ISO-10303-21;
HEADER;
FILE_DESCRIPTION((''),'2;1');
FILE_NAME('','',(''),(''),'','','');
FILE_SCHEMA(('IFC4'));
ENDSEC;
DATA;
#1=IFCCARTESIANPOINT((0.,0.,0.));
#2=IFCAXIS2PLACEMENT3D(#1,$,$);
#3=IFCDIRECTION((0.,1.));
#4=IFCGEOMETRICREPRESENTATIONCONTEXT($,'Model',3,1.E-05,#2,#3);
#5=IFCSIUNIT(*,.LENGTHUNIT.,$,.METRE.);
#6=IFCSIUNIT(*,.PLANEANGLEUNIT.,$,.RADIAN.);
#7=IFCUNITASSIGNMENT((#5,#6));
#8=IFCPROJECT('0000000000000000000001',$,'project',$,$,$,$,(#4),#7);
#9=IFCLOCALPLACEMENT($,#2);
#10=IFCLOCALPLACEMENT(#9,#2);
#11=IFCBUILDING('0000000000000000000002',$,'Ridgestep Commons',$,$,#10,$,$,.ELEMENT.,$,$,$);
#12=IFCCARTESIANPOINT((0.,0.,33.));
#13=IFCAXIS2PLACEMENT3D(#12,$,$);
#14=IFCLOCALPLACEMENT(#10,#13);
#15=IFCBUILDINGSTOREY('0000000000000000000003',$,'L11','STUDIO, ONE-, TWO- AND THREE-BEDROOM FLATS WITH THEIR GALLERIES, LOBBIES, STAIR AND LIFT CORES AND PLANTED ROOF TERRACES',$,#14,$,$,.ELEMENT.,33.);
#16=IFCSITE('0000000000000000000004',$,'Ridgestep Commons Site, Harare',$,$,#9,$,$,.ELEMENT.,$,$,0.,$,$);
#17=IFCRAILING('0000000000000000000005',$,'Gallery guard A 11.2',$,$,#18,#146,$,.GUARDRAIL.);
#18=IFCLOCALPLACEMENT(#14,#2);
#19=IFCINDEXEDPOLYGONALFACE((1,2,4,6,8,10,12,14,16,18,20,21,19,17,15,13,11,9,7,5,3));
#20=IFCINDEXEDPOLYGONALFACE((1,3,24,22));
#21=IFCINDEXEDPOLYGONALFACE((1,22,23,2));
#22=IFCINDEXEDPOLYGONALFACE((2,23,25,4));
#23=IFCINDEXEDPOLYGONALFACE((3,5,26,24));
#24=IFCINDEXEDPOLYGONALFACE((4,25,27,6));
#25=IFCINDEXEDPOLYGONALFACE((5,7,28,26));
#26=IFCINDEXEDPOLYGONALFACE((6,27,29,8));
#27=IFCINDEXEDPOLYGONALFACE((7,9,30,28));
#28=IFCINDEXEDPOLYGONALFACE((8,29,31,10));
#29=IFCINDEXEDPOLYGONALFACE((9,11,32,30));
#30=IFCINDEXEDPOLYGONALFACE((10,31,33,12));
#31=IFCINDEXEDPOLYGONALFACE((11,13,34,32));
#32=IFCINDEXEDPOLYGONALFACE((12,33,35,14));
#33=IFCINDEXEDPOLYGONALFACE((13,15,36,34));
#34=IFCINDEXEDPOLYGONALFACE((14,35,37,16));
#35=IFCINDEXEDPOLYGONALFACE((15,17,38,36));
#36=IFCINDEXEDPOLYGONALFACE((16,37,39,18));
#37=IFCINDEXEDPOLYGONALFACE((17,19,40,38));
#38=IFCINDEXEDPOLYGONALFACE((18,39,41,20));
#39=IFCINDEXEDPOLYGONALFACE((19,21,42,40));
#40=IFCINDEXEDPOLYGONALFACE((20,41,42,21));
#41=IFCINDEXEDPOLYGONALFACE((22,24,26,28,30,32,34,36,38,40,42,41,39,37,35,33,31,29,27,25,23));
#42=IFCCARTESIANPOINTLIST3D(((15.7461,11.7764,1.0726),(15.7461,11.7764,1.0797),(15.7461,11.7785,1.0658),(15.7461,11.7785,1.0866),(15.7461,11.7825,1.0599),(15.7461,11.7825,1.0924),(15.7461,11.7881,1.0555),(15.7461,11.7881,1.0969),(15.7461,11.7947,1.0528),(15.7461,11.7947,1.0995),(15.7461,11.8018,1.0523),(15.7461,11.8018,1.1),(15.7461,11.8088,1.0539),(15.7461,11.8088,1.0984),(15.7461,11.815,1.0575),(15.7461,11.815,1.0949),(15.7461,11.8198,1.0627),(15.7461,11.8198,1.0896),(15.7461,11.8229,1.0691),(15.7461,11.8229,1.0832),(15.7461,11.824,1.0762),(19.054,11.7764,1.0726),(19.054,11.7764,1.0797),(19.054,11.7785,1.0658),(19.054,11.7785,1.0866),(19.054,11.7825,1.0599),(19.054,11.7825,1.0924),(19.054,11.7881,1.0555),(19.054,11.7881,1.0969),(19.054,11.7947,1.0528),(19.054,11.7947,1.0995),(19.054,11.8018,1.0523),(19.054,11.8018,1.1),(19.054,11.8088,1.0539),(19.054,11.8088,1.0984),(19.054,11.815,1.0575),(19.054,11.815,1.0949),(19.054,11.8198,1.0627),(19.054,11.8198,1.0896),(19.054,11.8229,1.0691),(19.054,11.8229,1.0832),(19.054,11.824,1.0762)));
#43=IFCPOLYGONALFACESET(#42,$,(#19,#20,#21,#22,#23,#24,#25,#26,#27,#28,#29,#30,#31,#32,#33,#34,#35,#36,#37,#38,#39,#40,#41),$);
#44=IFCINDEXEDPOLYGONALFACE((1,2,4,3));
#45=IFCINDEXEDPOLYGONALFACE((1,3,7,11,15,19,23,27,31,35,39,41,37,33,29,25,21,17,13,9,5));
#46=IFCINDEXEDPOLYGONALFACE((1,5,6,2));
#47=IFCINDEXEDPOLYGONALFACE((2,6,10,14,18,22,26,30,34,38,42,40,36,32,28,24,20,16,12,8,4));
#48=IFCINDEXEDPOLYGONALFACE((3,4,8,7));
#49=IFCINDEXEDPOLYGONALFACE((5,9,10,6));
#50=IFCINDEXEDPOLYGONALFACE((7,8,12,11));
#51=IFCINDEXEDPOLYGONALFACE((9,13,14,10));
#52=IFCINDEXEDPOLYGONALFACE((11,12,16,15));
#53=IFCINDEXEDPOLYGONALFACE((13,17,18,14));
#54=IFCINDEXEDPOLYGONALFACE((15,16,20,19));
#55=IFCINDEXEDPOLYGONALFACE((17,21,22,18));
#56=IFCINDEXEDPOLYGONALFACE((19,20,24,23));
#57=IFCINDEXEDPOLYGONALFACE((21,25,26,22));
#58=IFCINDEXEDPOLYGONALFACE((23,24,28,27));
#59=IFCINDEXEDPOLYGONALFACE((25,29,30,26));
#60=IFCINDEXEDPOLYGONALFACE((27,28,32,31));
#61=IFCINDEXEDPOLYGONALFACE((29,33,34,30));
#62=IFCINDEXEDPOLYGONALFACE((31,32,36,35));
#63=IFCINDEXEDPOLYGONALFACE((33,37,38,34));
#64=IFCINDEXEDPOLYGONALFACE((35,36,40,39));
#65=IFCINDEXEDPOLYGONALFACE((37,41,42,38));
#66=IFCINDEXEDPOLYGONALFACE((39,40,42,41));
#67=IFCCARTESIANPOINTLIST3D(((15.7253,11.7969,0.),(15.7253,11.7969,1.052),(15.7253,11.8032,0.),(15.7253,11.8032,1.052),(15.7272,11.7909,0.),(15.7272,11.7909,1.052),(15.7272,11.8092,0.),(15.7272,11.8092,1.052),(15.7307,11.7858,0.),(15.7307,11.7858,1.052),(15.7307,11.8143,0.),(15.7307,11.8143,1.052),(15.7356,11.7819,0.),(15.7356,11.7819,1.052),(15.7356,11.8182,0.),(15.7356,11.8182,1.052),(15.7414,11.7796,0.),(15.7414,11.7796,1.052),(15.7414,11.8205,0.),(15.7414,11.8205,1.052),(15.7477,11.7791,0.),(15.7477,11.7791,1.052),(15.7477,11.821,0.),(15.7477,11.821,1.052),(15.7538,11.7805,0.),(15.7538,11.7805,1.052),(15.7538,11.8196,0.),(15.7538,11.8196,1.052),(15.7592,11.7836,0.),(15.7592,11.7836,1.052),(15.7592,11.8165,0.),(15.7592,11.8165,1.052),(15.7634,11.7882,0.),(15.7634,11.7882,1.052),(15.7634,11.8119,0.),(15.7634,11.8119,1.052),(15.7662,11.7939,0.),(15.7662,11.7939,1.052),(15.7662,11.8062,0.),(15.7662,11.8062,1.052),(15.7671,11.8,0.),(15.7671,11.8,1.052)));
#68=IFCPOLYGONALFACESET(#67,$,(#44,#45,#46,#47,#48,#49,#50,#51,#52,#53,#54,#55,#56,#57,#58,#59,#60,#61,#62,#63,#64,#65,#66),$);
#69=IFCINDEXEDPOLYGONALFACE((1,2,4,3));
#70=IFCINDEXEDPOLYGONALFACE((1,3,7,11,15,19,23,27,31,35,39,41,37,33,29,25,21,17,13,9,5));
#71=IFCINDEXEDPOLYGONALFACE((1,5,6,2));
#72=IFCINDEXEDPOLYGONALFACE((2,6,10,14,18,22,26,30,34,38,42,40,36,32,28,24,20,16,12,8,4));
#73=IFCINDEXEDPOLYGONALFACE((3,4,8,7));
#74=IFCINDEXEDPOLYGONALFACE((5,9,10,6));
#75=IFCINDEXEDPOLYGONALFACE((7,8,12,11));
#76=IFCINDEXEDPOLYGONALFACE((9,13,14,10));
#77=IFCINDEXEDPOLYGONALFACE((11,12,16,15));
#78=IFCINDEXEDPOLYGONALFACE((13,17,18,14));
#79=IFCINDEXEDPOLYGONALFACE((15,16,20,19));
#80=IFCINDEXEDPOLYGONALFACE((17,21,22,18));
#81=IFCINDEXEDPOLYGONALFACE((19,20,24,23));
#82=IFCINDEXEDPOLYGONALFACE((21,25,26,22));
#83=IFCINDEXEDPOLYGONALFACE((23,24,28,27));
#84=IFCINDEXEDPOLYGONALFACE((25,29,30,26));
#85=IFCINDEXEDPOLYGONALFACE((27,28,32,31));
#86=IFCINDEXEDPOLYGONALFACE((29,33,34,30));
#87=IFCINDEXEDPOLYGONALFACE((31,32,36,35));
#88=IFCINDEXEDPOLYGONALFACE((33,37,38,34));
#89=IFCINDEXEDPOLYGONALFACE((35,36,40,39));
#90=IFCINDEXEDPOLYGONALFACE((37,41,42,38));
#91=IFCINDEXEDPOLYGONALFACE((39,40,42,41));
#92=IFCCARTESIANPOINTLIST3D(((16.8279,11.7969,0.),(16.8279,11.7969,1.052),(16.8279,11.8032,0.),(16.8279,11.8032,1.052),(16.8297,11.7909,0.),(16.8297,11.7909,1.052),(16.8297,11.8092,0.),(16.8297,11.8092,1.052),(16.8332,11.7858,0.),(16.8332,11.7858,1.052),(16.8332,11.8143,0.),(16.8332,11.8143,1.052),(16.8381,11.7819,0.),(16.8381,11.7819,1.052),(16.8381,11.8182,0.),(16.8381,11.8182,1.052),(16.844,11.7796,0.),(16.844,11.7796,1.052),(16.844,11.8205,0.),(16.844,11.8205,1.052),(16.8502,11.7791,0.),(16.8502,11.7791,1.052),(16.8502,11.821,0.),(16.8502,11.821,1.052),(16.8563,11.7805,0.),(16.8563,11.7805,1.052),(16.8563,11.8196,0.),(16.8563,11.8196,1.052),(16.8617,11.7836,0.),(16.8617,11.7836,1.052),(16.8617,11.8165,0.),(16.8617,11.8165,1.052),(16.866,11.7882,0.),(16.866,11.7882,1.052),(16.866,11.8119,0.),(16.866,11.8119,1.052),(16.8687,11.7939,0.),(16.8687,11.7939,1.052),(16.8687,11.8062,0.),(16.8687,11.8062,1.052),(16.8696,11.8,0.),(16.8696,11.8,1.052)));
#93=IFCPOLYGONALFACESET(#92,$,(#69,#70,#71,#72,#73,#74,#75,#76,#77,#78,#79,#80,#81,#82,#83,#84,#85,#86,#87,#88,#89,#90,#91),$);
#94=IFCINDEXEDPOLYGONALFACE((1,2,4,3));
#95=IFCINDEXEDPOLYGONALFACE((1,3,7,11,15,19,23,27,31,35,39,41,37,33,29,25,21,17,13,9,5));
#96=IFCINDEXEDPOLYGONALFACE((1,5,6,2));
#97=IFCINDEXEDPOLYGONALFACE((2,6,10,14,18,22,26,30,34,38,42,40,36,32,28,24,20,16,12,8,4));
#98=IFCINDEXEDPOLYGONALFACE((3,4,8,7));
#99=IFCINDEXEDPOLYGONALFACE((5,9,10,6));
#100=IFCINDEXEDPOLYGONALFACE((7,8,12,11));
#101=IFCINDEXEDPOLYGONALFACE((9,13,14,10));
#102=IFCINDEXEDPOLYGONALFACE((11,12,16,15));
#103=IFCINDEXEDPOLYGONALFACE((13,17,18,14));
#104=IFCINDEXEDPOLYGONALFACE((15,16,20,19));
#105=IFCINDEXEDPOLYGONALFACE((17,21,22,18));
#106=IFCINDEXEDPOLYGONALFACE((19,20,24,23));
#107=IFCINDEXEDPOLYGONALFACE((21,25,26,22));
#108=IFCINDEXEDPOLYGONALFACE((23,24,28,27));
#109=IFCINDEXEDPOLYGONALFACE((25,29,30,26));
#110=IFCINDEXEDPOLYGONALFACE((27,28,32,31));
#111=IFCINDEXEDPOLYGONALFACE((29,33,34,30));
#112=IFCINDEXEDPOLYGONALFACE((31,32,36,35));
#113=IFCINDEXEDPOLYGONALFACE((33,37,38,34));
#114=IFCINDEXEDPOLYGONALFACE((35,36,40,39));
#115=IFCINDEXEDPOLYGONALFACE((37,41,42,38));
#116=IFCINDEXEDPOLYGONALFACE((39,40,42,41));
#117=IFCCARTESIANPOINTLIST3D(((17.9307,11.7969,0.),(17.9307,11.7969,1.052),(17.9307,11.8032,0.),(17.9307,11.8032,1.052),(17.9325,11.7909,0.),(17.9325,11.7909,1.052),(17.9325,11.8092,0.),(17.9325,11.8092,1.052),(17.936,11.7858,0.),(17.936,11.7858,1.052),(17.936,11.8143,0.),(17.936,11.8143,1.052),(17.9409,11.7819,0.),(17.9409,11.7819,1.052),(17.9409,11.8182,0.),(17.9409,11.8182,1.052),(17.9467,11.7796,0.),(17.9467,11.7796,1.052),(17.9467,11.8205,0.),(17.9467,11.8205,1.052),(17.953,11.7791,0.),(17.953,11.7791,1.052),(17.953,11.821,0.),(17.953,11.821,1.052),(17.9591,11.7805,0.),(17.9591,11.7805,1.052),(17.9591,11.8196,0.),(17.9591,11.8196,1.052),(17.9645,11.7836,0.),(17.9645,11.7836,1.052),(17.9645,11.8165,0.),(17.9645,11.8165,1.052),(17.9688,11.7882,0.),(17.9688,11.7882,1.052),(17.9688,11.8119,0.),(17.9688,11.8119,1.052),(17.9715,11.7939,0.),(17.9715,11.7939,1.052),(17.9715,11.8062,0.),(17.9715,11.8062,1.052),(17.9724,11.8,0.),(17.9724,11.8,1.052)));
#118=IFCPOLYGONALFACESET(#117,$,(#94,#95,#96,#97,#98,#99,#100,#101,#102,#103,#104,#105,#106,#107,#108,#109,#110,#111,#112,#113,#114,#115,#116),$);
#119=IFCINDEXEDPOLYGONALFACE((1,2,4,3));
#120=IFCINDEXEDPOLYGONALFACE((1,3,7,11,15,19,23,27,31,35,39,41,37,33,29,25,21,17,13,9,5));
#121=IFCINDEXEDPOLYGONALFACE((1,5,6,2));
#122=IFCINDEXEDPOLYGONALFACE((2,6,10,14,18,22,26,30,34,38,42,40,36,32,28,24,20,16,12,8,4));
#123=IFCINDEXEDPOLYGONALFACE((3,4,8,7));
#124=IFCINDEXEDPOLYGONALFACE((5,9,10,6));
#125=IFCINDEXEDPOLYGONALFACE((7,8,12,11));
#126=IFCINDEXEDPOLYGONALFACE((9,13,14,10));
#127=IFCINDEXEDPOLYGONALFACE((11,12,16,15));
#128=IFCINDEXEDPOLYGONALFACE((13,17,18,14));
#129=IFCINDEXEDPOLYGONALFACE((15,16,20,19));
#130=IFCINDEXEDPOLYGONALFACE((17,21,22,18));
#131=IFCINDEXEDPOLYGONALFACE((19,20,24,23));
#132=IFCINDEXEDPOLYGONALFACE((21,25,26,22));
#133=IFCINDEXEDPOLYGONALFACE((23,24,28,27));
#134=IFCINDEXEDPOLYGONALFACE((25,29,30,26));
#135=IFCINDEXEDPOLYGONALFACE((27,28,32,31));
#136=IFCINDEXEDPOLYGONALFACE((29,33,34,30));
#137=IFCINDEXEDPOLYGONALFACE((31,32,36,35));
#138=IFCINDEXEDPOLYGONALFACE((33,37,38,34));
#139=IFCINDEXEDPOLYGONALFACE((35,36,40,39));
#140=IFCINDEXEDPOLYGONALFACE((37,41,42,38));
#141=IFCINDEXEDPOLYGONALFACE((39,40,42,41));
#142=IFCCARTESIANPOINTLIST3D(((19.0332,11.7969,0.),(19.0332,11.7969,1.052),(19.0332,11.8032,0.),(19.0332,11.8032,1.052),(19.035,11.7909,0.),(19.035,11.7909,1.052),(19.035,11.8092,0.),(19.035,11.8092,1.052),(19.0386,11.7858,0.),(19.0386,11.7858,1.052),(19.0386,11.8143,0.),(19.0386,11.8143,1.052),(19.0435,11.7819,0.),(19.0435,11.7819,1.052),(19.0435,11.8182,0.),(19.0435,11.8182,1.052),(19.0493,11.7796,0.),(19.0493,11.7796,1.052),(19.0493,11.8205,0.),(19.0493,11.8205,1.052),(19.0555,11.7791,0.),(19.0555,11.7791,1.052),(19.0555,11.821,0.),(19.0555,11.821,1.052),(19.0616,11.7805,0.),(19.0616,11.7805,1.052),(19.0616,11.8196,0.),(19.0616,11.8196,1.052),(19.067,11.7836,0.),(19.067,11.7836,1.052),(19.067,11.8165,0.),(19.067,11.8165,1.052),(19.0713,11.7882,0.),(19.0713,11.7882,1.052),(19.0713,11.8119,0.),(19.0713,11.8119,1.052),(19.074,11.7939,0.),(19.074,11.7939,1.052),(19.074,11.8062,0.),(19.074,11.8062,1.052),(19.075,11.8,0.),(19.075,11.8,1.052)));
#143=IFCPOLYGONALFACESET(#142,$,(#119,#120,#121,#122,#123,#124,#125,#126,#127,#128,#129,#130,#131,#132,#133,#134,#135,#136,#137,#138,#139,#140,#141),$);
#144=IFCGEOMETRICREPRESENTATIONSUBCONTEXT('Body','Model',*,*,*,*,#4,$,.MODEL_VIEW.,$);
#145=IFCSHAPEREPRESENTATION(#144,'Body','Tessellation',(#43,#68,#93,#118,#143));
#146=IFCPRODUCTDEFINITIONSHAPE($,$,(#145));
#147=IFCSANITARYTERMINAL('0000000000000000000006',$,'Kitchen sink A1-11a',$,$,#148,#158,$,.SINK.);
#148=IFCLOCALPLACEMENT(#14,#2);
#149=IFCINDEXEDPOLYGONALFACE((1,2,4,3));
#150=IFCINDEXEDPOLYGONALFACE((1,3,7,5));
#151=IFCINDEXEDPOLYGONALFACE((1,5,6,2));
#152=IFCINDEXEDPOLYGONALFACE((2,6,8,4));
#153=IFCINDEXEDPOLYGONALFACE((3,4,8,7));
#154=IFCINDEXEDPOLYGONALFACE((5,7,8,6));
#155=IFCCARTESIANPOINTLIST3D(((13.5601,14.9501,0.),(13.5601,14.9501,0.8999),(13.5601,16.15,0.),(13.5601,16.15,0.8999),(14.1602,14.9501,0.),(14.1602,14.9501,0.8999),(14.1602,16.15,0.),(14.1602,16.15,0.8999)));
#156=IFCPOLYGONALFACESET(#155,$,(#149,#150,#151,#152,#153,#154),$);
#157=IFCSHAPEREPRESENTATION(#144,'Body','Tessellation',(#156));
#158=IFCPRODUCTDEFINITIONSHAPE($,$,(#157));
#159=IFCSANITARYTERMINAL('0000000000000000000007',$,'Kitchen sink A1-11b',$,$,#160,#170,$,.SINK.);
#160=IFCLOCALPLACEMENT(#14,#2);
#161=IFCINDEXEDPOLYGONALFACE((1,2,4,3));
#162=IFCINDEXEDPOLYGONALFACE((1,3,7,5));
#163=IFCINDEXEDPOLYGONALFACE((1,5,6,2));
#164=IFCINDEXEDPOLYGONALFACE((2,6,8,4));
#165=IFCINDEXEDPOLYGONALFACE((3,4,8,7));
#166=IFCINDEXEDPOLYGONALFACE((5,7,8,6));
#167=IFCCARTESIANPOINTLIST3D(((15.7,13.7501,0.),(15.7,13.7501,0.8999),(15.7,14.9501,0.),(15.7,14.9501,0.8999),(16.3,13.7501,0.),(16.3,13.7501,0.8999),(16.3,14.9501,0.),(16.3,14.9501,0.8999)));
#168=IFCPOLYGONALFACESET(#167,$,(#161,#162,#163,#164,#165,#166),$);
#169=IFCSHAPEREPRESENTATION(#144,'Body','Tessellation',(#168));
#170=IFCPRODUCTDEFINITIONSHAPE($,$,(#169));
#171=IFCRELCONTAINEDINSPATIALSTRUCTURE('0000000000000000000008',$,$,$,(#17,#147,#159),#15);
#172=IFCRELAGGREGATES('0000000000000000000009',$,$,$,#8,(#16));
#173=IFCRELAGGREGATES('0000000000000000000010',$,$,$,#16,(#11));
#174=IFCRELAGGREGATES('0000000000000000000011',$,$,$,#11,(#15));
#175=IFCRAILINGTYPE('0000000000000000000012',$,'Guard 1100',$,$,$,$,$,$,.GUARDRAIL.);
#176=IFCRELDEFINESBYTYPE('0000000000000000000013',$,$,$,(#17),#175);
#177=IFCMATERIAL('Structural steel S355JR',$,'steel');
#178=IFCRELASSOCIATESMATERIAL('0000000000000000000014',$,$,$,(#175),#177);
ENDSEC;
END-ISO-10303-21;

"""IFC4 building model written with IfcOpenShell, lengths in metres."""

from ifc_helpers import new_model, si_unit, direction, frame, origin, origin_2d, place, context, subcontext, project, spatial, rectangle, circle, extrude, material, type_object, element, save


model = new_model("IFC4")

# Units and contexts
model_context = context("Model", 3, precision=1e-05, world=origin(), true_north=direction((0.0, 1.0)))
body_context = subcontext(model_context, "Body", "Model", "MODEL_VIEW")
ifc_project = project(units=[si_unit("LENGTHUNIT", "METRE"), si_unit("PLANEANGLEUNIT", "RADIAN")], contexts=[model_context])

# Site, building, storey
site_placement = place(None, origin())
site = spatial("IfcSite", under=ifc_project, at=site_placement, Name="Ridgestep Commons Site, Harare", CompositionType="ELEMENT", RefElevation=0.0)
building_placement = place(site_placement, origin())
building = spatial("IfcBuilding", under=site, at=building_placement, Name="Ridgestep Commons", CompositionType="ELEMENT")
storey_placement = place(building_placement, frame((0.0, 0.0, 33.0)))
storey = spatial("IfcBuildingStorey", under=building, at=storey_placement, Name="L11", Description="STUDIO, ONE-, TWO- AND THREE-BEDROOM FLATS WITH THEIR GALLERIES, LOBBIES, STAIR AND LIFT CORES AND PLANTED ROOF TERRACES", CompositionType="ELEMENT", Elevation=33.0)

# Railing
ifc_material_1 = material(Name="Structural steel S355JR", Category="steel")
railing_type = type_object("IfcRailingType", Name="Guard 1100", PredefinedType="GUARDRAIL", material=ifc_material_1)
railing_1_placement = place(storey_placement, frame((15.7461, 11.8, 0.0)))
element("IfcRailing", 1, at=railing_1_placement, inside=storey, type_object=railing_type, Name="Gallery guard A 11.2", PredefinedType="GUARDRAIL", context=body_context, shape_type="SweptSolid", body=[
    extrude(circle(Radius=0.0239, at=origin_2d()), frame((0.0, 0.0, 1.0762), z_axis=(1.0, 0.0, 0.0), x_axis=(0.0, 1.0, 0.0)), (0.0, 0.0, 1.0), 3.3079),
    extrude(circle(Radius=0.021, at=origin_2d()), origin(), (0.0, 0.0, 1.0), 1.052),
    extrude(circle(Radius=0.021, at=origin_2d()), frame((1.1025, 0.0, 0.0)), (0.0, 0.0, 1.0), 1.052),
    extrude(circle(Radius=0.021, at=origin_2d()), frame((2.2053, 0.0, 0.0)), (0.0, 0.0, 1.0), 1.052),
    extrude(circle(Radius=0.021, at=origin_2d()), frame((3.3079, 0.0, 0.0)), (0.0, 0.0, 1.0), 1.052),
])

# Sanitary terminals
for number, where, z_axis, x_axis, name in (
    (2, (13.8601, 15.55, 0.0), (0.0, 0.0, 1.0), (1.0, 0.0, 0.0), "Kitchen sink A1-11a"),
    (3, (16.0, 14.3501, 0.0), (0.0, 0.0, 1.0), (1.0, 0.0, 0.0), "Kitchen sink A1-11b"),
):
    element("IfcSanitaryTerminal", number, at=place(storey_placement, frame(where, z_axis=z_axis, x_axis=x_axis)), inside=storey, Name=name, PredefinedType="SINK", context=body_context, shape_type="SweptSolid", body=[
        extrude(rectangle(XDim=0.6001, YDim=1.2, at=origin_2d()), origin(), (0.0, 0.0, 1.0), 0.8999),
    ])

save(model, "model.ifc")
